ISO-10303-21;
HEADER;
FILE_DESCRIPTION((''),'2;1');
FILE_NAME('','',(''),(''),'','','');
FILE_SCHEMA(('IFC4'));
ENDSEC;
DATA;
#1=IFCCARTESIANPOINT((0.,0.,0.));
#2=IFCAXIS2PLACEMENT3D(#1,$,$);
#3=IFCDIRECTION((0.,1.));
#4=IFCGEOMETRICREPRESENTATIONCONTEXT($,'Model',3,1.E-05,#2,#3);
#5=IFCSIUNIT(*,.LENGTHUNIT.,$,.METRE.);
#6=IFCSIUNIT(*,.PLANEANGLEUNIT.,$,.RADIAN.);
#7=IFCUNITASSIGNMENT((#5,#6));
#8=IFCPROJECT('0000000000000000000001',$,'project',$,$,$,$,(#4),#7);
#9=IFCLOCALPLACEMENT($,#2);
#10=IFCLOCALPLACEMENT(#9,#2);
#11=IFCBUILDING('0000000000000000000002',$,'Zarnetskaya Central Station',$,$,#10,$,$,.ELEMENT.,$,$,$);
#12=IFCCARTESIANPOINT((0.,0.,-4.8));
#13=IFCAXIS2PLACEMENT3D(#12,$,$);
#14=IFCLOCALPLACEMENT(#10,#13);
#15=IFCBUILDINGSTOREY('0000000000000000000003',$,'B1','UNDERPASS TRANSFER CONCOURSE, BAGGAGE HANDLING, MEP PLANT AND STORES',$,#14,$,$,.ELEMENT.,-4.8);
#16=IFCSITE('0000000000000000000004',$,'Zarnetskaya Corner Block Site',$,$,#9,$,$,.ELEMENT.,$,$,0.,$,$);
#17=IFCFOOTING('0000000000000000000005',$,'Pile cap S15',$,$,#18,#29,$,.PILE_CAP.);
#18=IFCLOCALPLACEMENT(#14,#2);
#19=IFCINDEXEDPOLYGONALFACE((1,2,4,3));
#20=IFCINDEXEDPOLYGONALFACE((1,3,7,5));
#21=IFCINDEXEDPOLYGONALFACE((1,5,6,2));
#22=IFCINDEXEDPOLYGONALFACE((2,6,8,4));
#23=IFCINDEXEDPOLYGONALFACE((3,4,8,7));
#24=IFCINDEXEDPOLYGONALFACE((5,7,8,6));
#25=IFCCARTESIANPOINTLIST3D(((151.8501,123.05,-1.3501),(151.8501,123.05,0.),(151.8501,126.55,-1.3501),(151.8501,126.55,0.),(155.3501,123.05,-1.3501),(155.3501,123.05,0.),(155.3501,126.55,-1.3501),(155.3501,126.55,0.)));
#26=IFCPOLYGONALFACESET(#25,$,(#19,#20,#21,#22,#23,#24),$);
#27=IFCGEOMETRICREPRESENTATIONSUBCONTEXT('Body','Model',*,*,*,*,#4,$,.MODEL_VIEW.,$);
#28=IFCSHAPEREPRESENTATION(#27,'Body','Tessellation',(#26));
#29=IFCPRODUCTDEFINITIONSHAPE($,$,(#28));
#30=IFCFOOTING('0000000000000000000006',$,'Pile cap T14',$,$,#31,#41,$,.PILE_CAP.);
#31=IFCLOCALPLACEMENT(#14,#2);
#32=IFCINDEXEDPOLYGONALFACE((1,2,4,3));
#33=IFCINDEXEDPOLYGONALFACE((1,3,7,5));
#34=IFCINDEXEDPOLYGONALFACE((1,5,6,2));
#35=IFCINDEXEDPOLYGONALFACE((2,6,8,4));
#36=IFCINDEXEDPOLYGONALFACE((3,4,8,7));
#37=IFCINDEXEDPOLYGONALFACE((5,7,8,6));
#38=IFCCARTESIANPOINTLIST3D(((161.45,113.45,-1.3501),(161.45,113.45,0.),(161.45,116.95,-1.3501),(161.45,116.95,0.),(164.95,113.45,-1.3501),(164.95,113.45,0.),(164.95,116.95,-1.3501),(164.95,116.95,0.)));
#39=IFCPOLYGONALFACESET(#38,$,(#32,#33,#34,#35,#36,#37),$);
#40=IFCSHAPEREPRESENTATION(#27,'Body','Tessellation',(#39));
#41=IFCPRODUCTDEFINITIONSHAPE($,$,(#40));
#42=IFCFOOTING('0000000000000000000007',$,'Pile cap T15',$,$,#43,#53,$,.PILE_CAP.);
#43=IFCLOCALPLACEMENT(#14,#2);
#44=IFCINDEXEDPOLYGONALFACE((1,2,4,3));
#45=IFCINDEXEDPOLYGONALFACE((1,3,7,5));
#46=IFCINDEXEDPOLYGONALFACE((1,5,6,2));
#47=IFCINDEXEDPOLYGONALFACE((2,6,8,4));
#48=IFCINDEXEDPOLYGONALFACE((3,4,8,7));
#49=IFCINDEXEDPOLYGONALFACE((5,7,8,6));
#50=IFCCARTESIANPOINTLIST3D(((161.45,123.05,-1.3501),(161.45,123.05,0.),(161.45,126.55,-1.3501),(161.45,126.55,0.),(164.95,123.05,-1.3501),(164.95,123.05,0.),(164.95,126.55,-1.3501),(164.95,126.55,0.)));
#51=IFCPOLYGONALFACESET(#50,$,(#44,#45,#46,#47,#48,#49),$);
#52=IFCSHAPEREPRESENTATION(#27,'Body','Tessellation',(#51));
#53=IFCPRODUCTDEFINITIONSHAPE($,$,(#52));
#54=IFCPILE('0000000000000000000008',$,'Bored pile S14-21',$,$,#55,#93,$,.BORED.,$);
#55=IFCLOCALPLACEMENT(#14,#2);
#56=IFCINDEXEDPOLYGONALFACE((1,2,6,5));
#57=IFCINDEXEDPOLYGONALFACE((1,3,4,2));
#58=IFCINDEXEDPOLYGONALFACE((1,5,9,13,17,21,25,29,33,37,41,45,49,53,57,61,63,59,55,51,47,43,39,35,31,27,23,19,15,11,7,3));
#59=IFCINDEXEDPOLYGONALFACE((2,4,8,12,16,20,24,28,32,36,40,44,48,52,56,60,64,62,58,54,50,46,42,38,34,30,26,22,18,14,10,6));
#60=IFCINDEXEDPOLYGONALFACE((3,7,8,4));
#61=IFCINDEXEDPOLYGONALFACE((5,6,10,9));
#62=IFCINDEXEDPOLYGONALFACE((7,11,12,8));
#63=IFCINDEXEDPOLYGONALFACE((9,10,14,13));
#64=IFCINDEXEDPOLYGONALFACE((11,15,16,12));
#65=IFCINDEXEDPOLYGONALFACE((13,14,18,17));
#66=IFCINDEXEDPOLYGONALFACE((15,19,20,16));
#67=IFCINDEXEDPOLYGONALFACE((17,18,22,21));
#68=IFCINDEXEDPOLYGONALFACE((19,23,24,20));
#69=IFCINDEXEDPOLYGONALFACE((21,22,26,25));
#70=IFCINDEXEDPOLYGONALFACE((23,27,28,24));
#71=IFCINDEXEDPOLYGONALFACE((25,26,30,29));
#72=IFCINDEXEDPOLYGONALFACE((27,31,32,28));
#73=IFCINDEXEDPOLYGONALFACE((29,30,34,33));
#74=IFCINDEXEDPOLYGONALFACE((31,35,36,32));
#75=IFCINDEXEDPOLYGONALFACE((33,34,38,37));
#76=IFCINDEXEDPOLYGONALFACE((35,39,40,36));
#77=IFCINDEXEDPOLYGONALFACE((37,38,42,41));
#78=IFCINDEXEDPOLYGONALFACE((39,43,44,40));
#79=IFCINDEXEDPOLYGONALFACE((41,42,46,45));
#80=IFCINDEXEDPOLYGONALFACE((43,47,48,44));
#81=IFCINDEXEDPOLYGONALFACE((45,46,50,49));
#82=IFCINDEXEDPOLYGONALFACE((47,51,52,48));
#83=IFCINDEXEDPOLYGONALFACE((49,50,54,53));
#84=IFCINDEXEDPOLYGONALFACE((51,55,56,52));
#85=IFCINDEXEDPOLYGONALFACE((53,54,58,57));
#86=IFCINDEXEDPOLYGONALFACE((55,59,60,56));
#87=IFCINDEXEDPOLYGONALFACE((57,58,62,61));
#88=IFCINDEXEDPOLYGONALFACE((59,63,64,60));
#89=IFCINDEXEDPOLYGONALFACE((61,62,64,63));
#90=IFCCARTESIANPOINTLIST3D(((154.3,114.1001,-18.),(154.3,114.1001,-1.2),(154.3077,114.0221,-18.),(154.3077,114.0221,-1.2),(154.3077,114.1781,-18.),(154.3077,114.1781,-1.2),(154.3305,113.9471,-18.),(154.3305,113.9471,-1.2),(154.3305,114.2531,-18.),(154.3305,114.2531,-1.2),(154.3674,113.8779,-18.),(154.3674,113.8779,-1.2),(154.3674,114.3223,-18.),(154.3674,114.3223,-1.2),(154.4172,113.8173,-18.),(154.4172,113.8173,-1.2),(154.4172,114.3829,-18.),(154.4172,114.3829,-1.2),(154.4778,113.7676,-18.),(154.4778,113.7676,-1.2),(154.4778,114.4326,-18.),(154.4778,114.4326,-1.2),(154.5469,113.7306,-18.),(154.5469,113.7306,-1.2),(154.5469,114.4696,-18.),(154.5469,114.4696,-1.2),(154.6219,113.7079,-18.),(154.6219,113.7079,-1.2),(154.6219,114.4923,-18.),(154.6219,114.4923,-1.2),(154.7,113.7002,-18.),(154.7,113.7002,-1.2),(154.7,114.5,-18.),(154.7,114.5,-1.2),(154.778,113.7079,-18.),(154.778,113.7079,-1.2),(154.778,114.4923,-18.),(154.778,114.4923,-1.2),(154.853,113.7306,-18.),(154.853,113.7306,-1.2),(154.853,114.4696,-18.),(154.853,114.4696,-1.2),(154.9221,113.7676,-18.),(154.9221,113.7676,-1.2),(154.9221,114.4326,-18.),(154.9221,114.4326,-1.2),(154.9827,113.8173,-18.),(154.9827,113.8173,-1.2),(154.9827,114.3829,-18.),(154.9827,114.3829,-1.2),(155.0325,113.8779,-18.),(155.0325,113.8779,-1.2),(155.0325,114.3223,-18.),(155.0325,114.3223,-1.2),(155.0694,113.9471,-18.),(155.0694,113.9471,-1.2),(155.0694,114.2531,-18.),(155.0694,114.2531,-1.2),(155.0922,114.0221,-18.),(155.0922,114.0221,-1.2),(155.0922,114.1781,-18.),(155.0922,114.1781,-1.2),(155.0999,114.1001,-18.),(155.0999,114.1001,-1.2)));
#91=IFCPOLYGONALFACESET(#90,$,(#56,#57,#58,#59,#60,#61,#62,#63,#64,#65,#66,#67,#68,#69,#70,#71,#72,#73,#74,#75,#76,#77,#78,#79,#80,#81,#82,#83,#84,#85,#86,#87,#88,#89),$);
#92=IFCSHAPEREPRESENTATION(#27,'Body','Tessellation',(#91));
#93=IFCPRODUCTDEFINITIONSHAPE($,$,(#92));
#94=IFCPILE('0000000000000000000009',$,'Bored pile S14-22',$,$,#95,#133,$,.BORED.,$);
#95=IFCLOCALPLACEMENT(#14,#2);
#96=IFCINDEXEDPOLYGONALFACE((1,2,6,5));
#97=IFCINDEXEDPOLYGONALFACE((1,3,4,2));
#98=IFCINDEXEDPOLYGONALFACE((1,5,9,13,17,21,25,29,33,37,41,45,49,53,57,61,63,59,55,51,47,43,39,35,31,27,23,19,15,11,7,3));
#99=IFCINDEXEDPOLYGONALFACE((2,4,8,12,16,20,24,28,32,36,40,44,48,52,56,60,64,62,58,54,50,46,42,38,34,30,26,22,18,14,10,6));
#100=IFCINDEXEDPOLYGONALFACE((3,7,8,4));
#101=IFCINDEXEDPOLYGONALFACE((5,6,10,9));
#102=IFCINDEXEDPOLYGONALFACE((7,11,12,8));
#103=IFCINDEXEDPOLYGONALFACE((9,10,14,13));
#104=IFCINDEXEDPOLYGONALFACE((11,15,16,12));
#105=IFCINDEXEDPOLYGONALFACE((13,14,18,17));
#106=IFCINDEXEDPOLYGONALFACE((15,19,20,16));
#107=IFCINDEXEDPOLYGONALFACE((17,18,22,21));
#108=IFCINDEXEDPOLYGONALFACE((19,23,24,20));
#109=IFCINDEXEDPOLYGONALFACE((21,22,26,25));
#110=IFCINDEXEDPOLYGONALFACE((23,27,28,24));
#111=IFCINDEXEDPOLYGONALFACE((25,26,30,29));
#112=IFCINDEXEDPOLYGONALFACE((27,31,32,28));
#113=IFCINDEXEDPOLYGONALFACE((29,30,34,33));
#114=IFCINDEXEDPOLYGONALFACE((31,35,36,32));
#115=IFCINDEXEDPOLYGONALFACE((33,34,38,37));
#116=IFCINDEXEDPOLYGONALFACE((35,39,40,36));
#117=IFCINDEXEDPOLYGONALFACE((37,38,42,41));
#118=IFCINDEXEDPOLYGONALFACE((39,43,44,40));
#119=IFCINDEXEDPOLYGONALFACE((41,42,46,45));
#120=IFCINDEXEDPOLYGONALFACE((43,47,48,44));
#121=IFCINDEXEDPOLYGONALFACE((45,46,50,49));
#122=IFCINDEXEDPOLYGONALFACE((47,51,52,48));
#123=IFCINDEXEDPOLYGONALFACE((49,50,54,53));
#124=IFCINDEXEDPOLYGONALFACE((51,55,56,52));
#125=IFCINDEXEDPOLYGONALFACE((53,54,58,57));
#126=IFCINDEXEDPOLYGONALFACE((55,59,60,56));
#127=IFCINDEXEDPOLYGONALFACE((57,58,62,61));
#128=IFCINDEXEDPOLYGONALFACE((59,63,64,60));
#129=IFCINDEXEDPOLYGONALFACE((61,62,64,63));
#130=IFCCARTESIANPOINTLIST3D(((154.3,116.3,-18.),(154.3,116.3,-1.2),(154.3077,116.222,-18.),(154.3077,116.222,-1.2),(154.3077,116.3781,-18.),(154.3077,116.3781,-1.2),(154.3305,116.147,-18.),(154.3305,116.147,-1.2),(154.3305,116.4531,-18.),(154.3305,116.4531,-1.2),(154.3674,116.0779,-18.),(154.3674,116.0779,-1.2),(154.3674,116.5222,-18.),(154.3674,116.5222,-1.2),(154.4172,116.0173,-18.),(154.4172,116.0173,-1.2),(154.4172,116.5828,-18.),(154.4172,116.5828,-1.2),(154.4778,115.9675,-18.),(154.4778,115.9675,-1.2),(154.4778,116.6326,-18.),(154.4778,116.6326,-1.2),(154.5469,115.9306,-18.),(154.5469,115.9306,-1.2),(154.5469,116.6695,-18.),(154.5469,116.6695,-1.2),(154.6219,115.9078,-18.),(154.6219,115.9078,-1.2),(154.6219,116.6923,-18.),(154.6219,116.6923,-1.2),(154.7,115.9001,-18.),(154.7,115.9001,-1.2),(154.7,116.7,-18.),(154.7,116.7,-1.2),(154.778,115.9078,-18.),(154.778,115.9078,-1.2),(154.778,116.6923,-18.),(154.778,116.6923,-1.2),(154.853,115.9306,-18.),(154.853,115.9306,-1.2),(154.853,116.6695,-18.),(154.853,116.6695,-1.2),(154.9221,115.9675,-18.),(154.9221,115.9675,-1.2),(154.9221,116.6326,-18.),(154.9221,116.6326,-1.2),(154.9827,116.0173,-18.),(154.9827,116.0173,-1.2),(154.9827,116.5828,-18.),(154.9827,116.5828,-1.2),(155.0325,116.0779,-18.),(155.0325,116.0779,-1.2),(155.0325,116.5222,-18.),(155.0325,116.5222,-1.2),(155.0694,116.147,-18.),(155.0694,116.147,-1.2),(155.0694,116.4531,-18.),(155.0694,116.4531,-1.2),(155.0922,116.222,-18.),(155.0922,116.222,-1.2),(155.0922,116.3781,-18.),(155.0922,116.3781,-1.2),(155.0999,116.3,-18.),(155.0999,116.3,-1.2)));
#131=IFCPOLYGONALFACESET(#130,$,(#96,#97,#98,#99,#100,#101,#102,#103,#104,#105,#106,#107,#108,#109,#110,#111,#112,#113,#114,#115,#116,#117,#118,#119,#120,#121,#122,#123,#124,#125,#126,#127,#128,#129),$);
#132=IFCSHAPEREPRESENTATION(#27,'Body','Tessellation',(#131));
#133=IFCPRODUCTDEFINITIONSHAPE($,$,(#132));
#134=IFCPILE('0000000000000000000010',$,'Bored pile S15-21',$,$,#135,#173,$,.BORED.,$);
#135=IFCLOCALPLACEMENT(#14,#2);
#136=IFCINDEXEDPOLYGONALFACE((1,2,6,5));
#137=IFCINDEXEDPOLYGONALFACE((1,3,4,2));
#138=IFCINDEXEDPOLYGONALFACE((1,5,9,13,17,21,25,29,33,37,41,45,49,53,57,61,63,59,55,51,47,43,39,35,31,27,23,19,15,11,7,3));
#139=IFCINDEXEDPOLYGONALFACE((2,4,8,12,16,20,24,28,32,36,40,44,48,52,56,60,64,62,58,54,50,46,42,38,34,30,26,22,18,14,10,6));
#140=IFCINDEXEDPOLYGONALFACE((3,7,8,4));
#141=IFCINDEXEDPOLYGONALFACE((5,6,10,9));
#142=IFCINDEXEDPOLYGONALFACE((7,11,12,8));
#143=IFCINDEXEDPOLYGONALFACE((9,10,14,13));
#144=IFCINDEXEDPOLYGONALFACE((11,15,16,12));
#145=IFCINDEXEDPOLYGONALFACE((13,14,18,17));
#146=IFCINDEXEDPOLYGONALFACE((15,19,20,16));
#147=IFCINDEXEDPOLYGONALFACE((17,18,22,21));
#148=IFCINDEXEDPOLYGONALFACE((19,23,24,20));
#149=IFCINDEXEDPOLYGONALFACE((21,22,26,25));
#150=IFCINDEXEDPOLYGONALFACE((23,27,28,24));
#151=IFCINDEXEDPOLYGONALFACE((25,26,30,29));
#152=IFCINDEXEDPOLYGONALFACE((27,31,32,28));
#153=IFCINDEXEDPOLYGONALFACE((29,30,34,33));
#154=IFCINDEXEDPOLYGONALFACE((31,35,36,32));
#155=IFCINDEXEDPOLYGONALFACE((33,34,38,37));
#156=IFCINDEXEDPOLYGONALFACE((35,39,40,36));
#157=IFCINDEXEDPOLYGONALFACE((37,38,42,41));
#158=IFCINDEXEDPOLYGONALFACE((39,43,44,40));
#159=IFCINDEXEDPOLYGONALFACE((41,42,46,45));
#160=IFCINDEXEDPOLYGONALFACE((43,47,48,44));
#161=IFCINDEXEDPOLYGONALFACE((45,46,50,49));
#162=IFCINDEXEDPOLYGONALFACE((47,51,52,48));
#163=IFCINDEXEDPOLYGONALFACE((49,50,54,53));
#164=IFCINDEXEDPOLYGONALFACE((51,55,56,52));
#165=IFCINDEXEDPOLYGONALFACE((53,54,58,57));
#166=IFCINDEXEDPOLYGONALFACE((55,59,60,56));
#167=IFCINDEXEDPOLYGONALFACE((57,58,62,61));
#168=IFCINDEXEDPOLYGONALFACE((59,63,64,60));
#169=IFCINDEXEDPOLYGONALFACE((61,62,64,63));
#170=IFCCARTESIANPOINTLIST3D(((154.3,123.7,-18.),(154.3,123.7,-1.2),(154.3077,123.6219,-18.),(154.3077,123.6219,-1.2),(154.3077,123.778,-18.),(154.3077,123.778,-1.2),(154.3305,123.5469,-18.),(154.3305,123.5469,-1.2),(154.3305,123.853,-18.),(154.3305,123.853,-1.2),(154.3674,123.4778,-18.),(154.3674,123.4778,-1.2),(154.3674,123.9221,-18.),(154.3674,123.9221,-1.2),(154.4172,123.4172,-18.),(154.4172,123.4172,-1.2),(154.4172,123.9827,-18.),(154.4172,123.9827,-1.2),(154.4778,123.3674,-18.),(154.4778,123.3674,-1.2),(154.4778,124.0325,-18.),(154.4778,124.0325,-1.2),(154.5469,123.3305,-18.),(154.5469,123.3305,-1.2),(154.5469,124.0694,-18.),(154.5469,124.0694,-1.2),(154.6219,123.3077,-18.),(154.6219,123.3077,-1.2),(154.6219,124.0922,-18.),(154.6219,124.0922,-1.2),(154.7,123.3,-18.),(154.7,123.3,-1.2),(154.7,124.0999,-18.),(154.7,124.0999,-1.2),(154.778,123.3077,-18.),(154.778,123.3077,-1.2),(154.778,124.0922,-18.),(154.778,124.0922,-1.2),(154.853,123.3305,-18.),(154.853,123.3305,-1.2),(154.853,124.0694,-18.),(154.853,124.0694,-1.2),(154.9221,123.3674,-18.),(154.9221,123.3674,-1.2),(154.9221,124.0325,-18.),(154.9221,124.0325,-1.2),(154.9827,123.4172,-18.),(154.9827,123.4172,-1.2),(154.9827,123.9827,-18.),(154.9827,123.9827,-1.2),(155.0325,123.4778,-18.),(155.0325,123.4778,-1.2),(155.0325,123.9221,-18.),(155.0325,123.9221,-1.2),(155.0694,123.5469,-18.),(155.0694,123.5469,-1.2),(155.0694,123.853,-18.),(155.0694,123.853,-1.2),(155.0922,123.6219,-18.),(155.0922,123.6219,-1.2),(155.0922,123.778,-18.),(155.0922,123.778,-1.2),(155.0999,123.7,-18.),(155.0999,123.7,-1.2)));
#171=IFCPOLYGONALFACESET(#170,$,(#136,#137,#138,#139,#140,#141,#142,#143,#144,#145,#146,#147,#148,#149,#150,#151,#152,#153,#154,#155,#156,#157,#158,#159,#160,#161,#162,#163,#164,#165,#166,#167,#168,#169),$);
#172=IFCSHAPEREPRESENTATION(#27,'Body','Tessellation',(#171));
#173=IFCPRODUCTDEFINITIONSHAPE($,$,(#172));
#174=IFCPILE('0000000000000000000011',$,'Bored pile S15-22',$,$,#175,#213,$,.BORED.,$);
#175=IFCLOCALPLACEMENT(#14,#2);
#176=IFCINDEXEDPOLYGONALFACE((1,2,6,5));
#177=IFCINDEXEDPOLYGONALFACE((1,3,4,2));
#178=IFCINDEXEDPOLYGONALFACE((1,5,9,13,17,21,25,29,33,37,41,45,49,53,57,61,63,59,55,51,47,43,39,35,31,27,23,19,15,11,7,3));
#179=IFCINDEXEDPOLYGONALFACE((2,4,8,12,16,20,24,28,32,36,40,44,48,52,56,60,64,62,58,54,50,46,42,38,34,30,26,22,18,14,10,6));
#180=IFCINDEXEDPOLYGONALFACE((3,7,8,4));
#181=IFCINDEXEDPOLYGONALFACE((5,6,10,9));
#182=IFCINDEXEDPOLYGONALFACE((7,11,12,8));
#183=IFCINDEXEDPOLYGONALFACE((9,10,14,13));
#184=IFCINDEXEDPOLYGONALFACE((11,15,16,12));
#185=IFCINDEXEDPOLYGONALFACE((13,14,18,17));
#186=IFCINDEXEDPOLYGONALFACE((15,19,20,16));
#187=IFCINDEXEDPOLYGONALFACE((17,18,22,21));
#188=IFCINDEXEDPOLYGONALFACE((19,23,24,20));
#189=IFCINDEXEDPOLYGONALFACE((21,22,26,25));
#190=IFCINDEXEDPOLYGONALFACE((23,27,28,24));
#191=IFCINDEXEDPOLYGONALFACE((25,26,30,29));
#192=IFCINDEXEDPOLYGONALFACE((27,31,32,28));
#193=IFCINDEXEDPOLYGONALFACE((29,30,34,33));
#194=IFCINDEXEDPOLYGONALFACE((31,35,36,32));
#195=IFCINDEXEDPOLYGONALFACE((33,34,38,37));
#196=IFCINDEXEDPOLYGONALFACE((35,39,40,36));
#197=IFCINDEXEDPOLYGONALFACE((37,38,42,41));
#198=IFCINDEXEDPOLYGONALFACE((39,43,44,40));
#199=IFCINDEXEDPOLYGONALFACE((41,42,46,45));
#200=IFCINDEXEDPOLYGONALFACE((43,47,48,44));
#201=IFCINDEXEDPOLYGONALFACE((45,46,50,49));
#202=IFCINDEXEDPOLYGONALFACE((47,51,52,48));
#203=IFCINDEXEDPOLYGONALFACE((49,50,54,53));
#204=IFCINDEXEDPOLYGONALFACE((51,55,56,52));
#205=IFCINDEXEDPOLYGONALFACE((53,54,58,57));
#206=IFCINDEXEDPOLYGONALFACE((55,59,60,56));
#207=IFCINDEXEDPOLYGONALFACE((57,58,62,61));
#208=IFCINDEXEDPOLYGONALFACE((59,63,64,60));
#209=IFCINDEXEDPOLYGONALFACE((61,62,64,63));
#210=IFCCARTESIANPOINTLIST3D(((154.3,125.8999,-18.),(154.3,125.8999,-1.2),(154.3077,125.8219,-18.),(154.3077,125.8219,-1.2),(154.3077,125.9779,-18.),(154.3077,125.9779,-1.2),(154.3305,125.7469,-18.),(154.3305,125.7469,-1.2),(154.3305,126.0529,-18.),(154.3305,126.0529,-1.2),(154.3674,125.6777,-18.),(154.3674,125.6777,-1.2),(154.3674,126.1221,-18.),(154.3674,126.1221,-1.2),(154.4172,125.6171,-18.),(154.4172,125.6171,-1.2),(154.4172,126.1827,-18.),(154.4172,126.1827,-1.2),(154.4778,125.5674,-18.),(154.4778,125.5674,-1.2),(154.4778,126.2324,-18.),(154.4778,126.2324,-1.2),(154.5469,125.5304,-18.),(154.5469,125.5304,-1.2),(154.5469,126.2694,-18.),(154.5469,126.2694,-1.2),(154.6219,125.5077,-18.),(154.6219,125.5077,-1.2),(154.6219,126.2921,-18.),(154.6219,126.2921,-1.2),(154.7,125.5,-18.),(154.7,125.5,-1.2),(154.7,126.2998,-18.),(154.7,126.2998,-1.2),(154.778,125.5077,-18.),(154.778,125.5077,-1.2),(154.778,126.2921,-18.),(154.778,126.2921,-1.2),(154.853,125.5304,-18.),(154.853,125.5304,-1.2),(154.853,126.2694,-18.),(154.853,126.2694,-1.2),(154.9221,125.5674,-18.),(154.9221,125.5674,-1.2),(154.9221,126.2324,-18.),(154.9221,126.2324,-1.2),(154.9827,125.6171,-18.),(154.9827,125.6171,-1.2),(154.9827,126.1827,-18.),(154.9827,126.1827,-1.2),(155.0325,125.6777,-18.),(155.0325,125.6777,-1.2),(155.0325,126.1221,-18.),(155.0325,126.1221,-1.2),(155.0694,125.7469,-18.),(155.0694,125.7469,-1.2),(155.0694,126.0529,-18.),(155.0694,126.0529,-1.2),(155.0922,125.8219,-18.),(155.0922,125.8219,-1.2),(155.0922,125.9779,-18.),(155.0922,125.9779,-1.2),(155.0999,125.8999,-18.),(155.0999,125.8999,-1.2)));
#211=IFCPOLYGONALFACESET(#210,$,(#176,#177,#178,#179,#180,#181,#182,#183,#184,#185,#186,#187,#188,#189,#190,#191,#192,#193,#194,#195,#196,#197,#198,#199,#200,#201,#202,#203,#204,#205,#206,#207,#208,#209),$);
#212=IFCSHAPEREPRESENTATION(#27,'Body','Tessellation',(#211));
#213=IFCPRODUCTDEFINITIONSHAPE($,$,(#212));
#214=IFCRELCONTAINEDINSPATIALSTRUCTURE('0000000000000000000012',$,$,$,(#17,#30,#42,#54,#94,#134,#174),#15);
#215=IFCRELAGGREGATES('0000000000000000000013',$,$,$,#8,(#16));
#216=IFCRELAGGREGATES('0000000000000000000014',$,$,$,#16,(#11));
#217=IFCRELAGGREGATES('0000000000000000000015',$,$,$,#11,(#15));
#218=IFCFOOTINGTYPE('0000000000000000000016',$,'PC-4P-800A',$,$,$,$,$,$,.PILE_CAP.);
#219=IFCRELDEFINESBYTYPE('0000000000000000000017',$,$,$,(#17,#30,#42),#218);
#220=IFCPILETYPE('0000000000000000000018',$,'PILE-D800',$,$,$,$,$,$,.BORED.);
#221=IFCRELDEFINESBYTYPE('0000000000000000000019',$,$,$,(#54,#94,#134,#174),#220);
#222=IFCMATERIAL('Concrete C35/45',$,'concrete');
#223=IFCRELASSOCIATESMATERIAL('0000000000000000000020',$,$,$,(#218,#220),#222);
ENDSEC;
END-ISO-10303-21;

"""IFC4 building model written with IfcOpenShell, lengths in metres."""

from ifc_helpers import new_model, si_unit, direction, frame, origin, origin_2d, place, context, subcontext, project, spatial, rectangle, circle, extrude, material, material_profile, profile_set, type_object, element, save


model = new_model("IFC4")

# Units and contexts
model_context = context("Model", 3, precision=1e-05, world=origin(), true_north=direction((0.0, 1.0)))
body_context = subcontext(model_context, "Body", "Model", "MODEL_VIEW")
ifc_project = project(units=[si_unit("LENGTHUNIT", "METRE"), si_unit("PLANEANGLEUNIT", "RADIAN")], contexts=[model_context])

# Site, building, storey
site_placement = place(None, origin())
site = spatial("IfcSite", under=ifc_project, at=site_placement, Name="Zarnetskaya Corner Block Site", CompositionType="ELEMENT", RefElevation=0.0)
building_placement = place(site_placement, origin())
building = spatial("IfcBuilding", under=site, at=building_placement, Name="Zarnetskaya Central Station", CompositionType="ELEMENT")
storey_placement = place(building_placement, frame((0.0, 0.0, -4.8)))
storey = spatial("IfcBuildingStorey", under=building, at=storey_placement, Name="B1", Description="UNDERPASS TRANSFER CONCOURSE, BAGGAGE HANDLING, MEP PLANT AND STORES", CompositionType="ELEMENT", Elevation=-4.8)

# Footings
ifc_material = material(Name="Concrete C35/45", Category="concrete")
footing_type = type_object("IfcFootingType", Name="PC-4P-800A", PredefinedType="PILE_CAP", material=ifc_material)
for number, where, z_axis, x_axis, name in (
    (1, (153.6001, 124.8, -1.3501), (0.0, 0.0, 1.0), (1.0, 0.0, 0.0), "Pile cap S15"),
    (2, (163.2, 115.2, -1.3501), (0.0, 0.0, 1.0), (1.0, 0.0, 0.0), "Pile cap T14"),
    (3, (163.2, 124.8, -1.3501), (0.0, 0.0, 1.0), (1.0, 0.0, 0.0), "Pile cap T15"),
):
    element("IfcFooting", number, at=place(storey_placement, frame(where, z_axis=z_axis, x_axis=x_axis)), inside=storey, type_object=footing_type, Name=name, PredefinedType="PILE_CAP", context=body_context, shape_type="SweptSolid", body=[
        extrude(rectangle(XDim=3.5, YDim=3.5, at=origin_2d()), origin(), (0.0, 0.0, 1.0), 1.3501),
    ])

# Piles
ifc_material_profile_1 = material_profile(ifc_material, circle(Radius=0.3999, at=origin_2d()), Name="BORED PILE D800")
ifc_profile_set_1 = profile_set([ifc_material_profile_1], Name="Concrete C35/45")
pile_type = type_object("IfcPileType", Name="PILE-D800", PredefinedType="BORED", material=ifc_profile_set_1)
for number, where, z_axis, x_axis, name in (
    (4, (154.7, 114.1001, -1.2), (0.0, 0.0, -1.0), (1.0, 0.0, 0.0), "Bored pile S14-21"),
    (5, (154.7, 116.3, -1.2), (0.0, 0.0, -1.0), (1.0, 0.0, 0.0), "Bored pile S14-22"),
    (6, (154.7, 123.7, -1.2), (0.0, 0.0, -1.0), (1.0, 0.0, 0.0), "Bored pile S15-21"),
    (7, (154.7, 125.8999, -1.2), (0.0, 0.0, -1.0), (1.0, 0.0, 0.0), "Bored pile S15-22"),
):
    element("IfcPile", number, at=place(storey_placement, frame(where, z_axis=z_axis, x_axis=x_axis)), inside=storey, type_object=pile_type, Name=name, PredefinedType="BORED", context=body_context, shape_type="SweptSolid", body=[
        extrude(circle(Radius=0.3999, at=origin_2d()), origin(), (0.0, 0.0, 1.0), 16.8),
    ])

save(model, "model.ifc")
